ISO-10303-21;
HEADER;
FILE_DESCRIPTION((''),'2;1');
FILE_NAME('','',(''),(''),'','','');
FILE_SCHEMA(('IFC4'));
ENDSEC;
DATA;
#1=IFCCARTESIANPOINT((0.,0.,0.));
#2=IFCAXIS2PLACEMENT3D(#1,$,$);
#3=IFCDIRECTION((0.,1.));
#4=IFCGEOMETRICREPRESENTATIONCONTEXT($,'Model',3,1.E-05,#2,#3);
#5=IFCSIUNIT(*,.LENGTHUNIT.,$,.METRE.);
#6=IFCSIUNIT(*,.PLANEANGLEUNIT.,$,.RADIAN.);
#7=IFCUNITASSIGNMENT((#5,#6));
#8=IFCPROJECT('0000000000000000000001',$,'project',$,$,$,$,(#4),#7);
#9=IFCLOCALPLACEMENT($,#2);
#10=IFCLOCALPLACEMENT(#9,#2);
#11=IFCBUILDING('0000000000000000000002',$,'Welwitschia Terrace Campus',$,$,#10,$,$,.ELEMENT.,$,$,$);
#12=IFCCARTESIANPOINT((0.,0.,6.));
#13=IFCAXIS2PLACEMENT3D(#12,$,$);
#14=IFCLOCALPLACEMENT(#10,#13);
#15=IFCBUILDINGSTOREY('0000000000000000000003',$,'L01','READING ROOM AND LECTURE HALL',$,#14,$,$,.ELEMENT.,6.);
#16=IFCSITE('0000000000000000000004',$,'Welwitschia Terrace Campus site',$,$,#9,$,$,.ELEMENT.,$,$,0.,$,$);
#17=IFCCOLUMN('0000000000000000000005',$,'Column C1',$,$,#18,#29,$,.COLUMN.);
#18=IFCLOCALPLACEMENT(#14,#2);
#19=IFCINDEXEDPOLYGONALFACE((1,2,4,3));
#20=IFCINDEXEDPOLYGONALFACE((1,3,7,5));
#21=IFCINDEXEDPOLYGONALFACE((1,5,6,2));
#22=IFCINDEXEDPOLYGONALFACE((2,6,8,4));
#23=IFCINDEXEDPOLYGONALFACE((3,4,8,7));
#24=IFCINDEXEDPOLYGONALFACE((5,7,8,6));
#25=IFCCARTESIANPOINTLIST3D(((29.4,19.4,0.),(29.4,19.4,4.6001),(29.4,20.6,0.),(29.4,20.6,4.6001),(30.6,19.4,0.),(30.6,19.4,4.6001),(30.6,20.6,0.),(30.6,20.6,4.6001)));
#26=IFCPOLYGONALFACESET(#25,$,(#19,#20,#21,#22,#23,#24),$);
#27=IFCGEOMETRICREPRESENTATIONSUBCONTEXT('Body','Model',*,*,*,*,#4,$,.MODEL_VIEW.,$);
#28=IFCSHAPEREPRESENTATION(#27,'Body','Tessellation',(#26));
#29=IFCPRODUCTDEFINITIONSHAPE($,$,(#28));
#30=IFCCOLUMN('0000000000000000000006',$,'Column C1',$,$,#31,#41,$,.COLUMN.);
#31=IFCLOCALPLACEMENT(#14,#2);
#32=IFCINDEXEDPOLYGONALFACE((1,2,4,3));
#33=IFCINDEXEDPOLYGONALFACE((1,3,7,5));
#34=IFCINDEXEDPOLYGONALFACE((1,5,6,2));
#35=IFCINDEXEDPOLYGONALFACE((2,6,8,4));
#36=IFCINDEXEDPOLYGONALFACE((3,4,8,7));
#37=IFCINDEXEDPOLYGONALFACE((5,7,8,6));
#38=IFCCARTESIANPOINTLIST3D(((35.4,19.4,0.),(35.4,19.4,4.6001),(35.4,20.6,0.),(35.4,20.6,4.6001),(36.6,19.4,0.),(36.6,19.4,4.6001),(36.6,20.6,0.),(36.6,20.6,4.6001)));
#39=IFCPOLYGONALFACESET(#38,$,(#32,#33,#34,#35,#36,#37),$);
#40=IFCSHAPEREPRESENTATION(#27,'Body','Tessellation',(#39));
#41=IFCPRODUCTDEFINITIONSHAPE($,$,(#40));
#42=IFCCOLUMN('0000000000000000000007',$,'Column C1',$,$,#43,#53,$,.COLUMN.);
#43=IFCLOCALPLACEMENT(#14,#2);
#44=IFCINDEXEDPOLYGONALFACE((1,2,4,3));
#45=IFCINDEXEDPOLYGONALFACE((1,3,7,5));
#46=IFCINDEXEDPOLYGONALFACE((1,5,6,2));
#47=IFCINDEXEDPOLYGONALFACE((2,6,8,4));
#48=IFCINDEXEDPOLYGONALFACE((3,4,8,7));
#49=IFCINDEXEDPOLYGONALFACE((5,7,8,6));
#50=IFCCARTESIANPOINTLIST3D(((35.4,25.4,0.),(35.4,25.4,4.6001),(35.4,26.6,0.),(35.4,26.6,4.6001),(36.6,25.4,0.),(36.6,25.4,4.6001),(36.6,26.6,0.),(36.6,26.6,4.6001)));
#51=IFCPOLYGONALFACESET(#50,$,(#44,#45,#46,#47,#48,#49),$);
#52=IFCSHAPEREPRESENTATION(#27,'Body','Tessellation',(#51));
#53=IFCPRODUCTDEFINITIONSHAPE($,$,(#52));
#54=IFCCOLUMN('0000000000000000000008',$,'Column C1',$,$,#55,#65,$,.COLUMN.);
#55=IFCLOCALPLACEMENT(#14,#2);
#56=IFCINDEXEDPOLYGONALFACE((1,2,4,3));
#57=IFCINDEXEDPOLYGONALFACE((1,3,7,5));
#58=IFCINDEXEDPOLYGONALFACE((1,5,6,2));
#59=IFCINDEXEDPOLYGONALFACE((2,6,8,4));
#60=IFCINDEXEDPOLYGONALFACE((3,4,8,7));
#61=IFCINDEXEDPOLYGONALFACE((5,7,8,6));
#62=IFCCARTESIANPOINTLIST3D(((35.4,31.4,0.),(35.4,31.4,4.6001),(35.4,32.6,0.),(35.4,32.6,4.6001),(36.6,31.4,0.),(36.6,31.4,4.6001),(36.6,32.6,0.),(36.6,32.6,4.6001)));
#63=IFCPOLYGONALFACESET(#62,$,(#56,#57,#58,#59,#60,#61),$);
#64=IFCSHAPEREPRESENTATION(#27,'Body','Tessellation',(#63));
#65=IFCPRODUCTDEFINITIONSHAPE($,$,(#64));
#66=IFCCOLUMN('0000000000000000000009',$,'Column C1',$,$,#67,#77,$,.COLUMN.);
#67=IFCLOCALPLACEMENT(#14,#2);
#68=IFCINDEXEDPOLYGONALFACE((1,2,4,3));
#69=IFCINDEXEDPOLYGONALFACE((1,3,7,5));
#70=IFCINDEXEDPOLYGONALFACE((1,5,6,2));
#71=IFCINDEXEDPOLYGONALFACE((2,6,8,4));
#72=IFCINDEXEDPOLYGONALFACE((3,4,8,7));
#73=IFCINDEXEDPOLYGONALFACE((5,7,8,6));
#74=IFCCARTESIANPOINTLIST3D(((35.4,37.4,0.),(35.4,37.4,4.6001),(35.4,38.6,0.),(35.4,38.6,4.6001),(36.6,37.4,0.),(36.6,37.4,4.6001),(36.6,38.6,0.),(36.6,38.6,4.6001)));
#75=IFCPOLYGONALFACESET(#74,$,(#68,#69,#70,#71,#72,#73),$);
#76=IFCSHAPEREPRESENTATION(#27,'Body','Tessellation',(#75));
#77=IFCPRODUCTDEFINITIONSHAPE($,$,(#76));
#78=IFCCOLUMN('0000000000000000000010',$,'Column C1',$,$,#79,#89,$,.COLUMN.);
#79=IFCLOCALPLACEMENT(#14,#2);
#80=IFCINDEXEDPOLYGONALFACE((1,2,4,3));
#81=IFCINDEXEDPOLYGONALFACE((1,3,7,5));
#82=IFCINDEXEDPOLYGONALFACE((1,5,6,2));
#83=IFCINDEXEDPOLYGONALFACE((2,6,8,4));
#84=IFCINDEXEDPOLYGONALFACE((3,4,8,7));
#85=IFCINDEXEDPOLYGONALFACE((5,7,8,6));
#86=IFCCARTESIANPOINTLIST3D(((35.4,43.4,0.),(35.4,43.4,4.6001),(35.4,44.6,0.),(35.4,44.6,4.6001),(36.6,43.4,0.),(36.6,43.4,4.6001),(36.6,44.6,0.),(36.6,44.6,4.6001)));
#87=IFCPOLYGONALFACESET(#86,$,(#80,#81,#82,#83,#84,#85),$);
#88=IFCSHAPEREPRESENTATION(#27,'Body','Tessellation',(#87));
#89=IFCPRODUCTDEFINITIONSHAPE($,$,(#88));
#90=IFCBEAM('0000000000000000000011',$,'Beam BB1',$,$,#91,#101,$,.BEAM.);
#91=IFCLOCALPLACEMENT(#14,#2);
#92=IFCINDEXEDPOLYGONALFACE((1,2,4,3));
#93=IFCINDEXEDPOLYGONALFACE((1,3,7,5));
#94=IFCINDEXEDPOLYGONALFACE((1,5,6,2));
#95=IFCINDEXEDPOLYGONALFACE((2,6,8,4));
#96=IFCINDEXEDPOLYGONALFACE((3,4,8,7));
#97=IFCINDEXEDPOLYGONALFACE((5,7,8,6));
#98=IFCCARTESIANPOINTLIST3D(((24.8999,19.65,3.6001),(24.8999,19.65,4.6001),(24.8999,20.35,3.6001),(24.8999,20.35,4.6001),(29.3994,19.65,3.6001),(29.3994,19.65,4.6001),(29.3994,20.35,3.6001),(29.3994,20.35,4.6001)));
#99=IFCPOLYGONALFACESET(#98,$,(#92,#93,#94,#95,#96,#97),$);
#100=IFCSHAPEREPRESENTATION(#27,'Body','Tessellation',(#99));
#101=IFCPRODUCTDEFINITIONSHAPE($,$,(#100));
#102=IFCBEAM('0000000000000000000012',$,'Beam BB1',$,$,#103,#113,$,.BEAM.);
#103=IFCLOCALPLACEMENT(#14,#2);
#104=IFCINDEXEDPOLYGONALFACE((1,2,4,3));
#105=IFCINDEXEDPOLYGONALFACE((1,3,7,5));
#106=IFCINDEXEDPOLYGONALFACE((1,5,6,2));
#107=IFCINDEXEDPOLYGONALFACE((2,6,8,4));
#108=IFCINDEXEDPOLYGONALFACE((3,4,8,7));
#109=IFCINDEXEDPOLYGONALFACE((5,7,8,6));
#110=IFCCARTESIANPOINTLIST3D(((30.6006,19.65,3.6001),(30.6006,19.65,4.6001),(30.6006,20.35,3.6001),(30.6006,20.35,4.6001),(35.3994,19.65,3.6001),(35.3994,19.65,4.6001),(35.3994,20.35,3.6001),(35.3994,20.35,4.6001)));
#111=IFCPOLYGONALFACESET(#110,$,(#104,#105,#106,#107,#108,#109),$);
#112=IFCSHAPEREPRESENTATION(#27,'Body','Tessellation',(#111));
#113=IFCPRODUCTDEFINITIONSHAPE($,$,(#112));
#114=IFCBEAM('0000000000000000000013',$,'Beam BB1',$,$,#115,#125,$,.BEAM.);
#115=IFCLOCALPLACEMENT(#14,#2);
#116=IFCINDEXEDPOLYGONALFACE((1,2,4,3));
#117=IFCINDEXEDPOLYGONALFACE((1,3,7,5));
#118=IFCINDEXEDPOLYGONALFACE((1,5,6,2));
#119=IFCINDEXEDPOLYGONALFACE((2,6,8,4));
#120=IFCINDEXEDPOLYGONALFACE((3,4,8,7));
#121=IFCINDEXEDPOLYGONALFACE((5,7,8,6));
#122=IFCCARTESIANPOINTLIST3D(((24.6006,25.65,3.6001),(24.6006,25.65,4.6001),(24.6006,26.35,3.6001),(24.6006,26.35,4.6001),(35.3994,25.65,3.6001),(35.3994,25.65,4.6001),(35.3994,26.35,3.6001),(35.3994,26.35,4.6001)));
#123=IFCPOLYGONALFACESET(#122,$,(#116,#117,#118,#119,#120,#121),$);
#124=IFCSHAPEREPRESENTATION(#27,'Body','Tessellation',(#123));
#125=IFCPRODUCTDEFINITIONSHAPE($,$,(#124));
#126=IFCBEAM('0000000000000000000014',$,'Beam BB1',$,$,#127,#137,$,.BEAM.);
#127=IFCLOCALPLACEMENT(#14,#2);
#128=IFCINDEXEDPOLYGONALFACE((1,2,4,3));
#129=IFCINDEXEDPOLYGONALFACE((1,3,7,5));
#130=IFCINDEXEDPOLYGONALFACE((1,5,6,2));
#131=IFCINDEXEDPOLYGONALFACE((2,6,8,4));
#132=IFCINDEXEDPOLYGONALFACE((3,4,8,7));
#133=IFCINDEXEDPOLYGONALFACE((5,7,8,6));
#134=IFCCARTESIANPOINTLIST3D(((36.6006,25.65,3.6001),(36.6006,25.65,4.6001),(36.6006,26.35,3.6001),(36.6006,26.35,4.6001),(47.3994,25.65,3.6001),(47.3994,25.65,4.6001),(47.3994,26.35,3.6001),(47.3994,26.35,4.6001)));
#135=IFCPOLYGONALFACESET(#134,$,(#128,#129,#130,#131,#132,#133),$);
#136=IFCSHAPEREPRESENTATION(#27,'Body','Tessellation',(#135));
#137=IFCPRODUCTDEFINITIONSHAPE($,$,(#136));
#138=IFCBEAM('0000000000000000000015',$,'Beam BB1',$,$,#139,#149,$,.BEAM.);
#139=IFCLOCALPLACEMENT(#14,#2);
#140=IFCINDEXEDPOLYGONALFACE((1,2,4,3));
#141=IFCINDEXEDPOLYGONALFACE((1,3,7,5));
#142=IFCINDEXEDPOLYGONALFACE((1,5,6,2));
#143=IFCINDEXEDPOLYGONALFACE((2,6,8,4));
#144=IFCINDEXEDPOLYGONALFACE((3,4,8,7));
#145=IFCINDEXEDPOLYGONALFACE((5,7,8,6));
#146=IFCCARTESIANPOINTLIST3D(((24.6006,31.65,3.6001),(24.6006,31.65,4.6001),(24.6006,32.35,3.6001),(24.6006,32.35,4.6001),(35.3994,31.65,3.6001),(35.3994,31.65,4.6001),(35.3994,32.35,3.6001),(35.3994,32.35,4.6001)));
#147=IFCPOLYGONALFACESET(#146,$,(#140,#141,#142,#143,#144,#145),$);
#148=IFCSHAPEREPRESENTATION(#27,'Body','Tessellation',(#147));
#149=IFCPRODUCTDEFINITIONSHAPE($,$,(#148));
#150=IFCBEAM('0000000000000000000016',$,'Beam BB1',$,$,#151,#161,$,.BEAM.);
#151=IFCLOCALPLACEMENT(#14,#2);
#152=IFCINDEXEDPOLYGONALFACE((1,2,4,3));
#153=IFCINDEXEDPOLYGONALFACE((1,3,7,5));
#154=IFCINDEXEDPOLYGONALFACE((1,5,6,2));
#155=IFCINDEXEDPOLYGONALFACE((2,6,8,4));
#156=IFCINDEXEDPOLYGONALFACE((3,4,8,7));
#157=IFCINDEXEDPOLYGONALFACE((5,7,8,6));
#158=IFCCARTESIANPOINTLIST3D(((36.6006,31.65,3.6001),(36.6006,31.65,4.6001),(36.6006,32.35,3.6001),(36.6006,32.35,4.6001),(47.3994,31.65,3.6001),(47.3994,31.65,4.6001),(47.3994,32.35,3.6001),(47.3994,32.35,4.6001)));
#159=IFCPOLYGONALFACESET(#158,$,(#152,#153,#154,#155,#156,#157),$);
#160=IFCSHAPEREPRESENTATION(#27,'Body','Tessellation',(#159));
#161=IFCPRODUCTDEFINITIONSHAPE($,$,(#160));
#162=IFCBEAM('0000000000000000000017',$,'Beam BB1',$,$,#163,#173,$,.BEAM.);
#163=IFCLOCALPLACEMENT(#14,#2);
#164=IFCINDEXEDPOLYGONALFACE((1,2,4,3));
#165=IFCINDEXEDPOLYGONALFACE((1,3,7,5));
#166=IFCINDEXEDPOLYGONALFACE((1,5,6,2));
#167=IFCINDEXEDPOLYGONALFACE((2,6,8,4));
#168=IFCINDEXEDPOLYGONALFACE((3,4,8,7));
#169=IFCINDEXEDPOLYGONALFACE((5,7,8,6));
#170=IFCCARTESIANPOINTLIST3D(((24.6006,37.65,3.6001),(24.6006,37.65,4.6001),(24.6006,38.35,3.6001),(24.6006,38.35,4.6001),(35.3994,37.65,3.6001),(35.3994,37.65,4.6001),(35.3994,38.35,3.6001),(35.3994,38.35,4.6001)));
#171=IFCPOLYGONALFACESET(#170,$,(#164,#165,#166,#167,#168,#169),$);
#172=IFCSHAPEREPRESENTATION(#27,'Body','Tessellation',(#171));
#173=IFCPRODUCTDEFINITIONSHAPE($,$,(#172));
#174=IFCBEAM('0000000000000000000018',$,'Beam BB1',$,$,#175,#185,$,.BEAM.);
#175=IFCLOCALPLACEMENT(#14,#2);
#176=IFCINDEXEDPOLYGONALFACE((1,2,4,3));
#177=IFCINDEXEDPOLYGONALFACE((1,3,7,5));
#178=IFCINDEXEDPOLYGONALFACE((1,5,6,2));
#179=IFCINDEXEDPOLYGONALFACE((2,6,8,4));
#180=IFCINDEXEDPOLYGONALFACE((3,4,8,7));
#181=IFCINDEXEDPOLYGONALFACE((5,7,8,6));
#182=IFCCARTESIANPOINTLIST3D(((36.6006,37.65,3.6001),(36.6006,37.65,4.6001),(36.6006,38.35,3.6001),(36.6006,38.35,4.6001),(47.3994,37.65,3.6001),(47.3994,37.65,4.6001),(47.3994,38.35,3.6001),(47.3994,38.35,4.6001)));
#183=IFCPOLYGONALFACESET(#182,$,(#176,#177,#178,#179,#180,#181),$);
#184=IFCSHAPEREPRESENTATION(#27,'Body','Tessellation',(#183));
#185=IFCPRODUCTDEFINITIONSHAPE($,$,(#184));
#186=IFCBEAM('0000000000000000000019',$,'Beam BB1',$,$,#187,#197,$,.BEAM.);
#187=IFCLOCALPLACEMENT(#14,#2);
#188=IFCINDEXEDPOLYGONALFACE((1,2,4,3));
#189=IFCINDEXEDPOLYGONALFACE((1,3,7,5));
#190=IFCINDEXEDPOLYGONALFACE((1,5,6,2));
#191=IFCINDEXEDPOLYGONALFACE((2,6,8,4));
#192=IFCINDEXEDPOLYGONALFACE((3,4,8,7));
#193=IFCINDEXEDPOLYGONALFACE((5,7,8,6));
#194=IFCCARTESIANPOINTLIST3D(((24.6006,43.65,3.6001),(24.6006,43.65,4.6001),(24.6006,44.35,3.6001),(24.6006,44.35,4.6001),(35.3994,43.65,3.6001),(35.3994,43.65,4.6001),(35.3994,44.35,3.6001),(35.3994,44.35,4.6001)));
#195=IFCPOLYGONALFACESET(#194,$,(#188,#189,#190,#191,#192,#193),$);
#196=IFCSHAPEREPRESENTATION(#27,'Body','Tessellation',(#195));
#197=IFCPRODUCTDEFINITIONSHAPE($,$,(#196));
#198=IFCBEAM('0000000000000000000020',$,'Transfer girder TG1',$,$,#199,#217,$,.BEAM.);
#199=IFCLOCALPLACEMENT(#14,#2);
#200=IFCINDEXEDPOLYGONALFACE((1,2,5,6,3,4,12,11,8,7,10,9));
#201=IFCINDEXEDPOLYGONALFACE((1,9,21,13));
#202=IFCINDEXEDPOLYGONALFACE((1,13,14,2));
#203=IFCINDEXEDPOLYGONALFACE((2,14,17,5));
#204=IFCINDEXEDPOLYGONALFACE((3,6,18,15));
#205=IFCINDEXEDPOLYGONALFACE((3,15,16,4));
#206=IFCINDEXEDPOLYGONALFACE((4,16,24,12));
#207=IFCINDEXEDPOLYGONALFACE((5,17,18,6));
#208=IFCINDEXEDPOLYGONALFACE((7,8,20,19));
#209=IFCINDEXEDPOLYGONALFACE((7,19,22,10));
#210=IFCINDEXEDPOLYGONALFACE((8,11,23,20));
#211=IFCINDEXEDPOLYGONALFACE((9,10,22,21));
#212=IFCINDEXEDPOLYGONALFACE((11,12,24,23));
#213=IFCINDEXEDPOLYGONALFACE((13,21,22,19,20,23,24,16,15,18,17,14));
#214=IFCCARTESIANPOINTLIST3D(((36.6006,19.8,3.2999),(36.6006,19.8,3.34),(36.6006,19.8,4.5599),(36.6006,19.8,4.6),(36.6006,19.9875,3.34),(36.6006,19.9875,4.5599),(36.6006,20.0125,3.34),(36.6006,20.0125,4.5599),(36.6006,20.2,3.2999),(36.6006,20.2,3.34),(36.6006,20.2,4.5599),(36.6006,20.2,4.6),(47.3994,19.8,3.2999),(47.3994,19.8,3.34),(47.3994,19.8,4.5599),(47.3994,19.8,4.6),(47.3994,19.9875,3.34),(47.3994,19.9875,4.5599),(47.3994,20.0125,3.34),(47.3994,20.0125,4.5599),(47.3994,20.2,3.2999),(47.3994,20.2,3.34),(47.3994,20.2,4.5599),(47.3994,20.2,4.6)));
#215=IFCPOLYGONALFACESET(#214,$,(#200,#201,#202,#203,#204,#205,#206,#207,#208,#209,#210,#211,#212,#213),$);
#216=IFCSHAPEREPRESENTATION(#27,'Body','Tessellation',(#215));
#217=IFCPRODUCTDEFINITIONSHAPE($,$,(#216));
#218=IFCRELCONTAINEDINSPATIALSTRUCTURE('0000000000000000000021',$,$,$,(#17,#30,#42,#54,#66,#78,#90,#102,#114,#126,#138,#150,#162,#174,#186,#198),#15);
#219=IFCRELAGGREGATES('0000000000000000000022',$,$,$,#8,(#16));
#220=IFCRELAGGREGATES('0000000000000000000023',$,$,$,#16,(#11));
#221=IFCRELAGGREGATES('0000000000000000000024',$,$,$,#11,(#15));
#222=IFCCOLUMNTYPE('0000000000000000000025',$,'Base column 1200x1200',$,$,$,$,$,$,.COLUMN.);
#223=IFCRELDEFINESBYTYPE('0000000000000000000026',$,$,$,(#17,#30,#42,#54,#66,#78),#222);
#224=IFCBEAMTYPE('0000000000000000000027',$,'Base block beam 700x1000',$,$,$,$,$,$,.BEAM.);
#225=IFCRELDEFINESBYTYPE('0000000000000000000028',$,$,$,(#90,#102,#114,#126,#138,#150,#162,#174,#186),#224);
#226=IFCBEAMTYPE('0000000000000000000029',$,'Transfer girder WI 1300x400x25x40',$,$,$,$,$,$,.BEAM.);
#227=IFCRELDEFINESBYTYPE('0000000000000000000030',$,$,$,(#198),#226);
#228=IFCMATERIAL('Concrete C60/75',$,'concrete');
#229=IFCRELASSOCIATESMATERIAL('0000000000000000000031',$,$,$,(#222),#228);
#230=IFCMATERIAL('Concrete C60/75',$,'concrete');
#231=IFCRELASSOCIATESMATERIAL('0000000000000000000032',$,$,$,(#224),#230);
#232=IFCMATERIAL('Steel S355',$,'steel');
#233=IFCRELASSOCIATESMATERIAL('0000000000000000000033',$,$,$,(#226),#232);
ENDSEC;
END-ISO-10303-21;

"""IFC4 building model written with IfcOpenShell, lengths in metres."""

from ifc_helpers import new_model, si_unit, direction, frame, origin, origin_2d, place, context, subcontext, project, spatial, rectangle, i_section, extrude, material, material_profile, profile_set, type_object, element, save


model = new_model("IFC4")

# Units and contexts
model_context = context("Model", 3, precision=1e-05, world=origin(), true_north=direction((0.0, 1.0)))
body_context = subcontext(model_context, "Body", "Model", "MODEL_VIEW")
ifc_project = project(units=[si_unit("LENGTHUNIT", "METRE"), si_unit("PLANEANGLEUNIT", "RADIAN")], contexts=[model_context])

# Site, building, storey
site_placement = place(None, origin())
site = spatial("IfcSite", under=ifc_project, at=site_placement, Name="Welwitschia Terrace Campus site", CompositionType="ELEMENT", RefElevation=0.0)
building_placement = place(site_placement, origin())
building = spatial("IfcBuilding", under=site, at=building_placement, Name="Welwitschia Terrace Campus", CompositionType="ELEMENT")
storey_placement = place(building_placement, frame((0.0, 0.0, 6.0)))
storey = spatial("IfcBuildingStorey", under=building, at=storey_placement, Name="L01", Description="READING ROOM AND LECTURE HALL", CompositionType="ELEMENT", Elevation=6.0)

# Columns
ifc_material_1 = material(Name="Concrete C60/75", Category="concrete")
ifc_material_profile_1 = material_profile(ifc_material_1, rectangle(XDim=1.2, YDim=1.2, at=origin_2d()))
ifc_profile_set_1 = profile_set([ifc_material_profile_1], Name="Concrete C60/75")
column_type = type_object("IfcColumnType", Name="Base column 1200x1200", PredefinedType="COLUMN", material=ifc_profile_set_1)
for number, where, z_axis, x_axis, name in (
    (1, (30.0, 20.0, 0.0), (0.0, 0.0, 1.0), (1.0, 0.0, 0.0), "Column C1"),
    (2, (36.0, 20.0, 0.0), (0.0, 0.0, 1.0), (1.0, 0.0, 0.0), "Column C1"),
    (3, (36.0, 26.0, 0.0), (0.0, 0.0, 1.0), (1.0, 0.0, 0.0), "Column C1"),
    (4, (36.0, 32.0, 0.0), (0.0, 0.0, 1.0), (1.0, 0.0, 0.0), "Column C1"),
    (5, (36.0, 38.0, 0.0), (0.0, 0.0, 1.0), (1.0, 0.0, 0.0), "Column C1"),
    (6, (36.0, 44.0, 0.0), (0.0, 0.0, 1.0), (1.0, 0.0, 0.0), "Column C1"),
):
    element("IfcColumn", number, at=place(storey_placement, frame(where, z_axis=z_axis, x_axis=x_axis)), inside=storey, type_object=column_type, Name=name, PredefinedType="COLUMN", context=body_context, shape_type="SweptSolid", body=[
        extrude(rectangle(XDim=1.2, YDim=1.2, at=origin_2d()), origin(), (0.0, 0.0, 1.0), 4.6001),
    ])

# Beams
ifc_material_2 = material(Name="Concrete C60/75", Category="concrete")
ifc_material_profile_2 = material_profile(ifc_material_2, rectangle(XDim=0.7, YDim=1.0, at=origin_2d()))
ifc_profile_set_2 = profile_set([ifc_material_profile_2], Name="Concrete C60/75")
beam_type_1 = type_object("IfcBeamType", Name="Base block beam 700x1000", PredefinedType="BEAM", material=ifc_profile_set_2)
beam_1_placement = place(storey_placement, frame((24.8999, 20.0, 4.1001), z_axis=(1.0, 0.0, 0.0), x_axis=(0.0, 1.0, 0.0)))
element("IfcBeam", 7, at=beam_1_placement, inside=storey, type_object=beam_type_1, Name="Beam BB1", PredefinedType="BEAM", context=body_context, shape_type="SweptSolid", body=[
    extrude(rectangle(XDim=0.7, YDim=1.0, at=origin_2d()), origin(), (0.0, 0.0, 1.0), 4.4995),
])
beam_2_placement = place(storey_placement, frame((30.6006, 20.0, 4.1001), z_axis=(1.0, 0.0, 0.0), x_axis=(0.0, 1.0, 0.0)))
element("IfcBeam", 8, at=beam_2_placement, inside=storey, type_object=beam_type_1, Name="Beam BB1", PredefinedType="BEAM", context=body_context, shape_type="SweptSolid", body=[
    extrude(rectangle(XDim=0.7, YDim=1.0, at=origin_2d()), origin(), (0.0, 0.0, 1.0), 4.7988),
])
for number, where, z_axis, x_axis, name in (
    (9, (24.6006, 26.0, 4.1001), (1.0, 0.0, 0.0), (0.0, 1.0, 0.0), "Beam BB1"),
    (10, (36.6006, 26.0, 4.1001), (1.0, 0.0, 0.0), (0.0, 1.0, 0.0), "Beam BB1"),
    (11, (24.6006, 32.0, 4.1001), (1.0, 0.0, 0.0), (0.0, 1.0, 0.0), "Beam BB1"),
    (12, (36.6006, 32.0, 4.1001), (1.0, 0.0, 0.0), (0.0, 1.0, 0.0), "Beam BB1"),
    (13, (24.6006, 38.0, 4.1001), (1.0, 0.0, 0.0), (0.0, 1.0, 0.0), "Beam BB1"),
    (14, (36.6006, 38.0, 4.1001), (1.0, 0.0, 0.0), (0.0, 1.0, 0.0), "Beam BB1"),
    (15, (24.6006, 44.0, 4.1001), (1.0, 0.0, 0.0), (0.0, 1.0, 0.0), "Beam BB1"),
):
    element("IfcBeam", number, at=place(storey_placement, frame(where, z_axis=z_axis, x_axis=x_axis)), inside=storey, type_object=beam_type_1, Name=name, PredefinedType="BEAM", context=body_context, shape_type="SweptSolid", body=[
        extrude(rectangle(XDim=0.7, YDim=1.0, at=origin_2d()), origin(), (0.0, 0.0, 1.0), 10.7988),
    ])
ifc_material_3 = material(Name="Steel S355", Category="steel")
ifc_material_profile_3 = material_profile(ifc_material_3, i_section(OverallWidth=0.3999, OverallDepth=1.3, WebThickness=0.0249, FlangeThickness=0.04, at=origin_2d()))
ifc_profile_set_3 = profile_set([ifc_material_profile_3], Name="Steel S355")
beam_type_2 = type_object("IfcBeamType", Name="Transfer girder WI 1300x400x25x40", PredefinedType="BEAM", material=ifc_profile_set_3)
beam_3_placement = place(storey_placement, frame((36.6006, 20.0, 3.95), z_axis=(1.0, 0.0, 0.0), x_axis=(0.0, 1.0, 0.0)))
element("IfcBeam", 16, at=beam_3_placement, inside=storey, type_object=beam_type_2, Name="Transfer girder TG1", PredefinedType="BEAM", context=body_context, shape_type="SweptSolid", body=[
    extrude(i_section(OverallWidth=0.3999, OverallDepth=1.3, WebThickness=0.0249, FlangeThickness=0.04, at=origin_2d()), origin(), (0.0, 0.0, 1.0), 10.7988),
])

save(model, "model.ifc")
